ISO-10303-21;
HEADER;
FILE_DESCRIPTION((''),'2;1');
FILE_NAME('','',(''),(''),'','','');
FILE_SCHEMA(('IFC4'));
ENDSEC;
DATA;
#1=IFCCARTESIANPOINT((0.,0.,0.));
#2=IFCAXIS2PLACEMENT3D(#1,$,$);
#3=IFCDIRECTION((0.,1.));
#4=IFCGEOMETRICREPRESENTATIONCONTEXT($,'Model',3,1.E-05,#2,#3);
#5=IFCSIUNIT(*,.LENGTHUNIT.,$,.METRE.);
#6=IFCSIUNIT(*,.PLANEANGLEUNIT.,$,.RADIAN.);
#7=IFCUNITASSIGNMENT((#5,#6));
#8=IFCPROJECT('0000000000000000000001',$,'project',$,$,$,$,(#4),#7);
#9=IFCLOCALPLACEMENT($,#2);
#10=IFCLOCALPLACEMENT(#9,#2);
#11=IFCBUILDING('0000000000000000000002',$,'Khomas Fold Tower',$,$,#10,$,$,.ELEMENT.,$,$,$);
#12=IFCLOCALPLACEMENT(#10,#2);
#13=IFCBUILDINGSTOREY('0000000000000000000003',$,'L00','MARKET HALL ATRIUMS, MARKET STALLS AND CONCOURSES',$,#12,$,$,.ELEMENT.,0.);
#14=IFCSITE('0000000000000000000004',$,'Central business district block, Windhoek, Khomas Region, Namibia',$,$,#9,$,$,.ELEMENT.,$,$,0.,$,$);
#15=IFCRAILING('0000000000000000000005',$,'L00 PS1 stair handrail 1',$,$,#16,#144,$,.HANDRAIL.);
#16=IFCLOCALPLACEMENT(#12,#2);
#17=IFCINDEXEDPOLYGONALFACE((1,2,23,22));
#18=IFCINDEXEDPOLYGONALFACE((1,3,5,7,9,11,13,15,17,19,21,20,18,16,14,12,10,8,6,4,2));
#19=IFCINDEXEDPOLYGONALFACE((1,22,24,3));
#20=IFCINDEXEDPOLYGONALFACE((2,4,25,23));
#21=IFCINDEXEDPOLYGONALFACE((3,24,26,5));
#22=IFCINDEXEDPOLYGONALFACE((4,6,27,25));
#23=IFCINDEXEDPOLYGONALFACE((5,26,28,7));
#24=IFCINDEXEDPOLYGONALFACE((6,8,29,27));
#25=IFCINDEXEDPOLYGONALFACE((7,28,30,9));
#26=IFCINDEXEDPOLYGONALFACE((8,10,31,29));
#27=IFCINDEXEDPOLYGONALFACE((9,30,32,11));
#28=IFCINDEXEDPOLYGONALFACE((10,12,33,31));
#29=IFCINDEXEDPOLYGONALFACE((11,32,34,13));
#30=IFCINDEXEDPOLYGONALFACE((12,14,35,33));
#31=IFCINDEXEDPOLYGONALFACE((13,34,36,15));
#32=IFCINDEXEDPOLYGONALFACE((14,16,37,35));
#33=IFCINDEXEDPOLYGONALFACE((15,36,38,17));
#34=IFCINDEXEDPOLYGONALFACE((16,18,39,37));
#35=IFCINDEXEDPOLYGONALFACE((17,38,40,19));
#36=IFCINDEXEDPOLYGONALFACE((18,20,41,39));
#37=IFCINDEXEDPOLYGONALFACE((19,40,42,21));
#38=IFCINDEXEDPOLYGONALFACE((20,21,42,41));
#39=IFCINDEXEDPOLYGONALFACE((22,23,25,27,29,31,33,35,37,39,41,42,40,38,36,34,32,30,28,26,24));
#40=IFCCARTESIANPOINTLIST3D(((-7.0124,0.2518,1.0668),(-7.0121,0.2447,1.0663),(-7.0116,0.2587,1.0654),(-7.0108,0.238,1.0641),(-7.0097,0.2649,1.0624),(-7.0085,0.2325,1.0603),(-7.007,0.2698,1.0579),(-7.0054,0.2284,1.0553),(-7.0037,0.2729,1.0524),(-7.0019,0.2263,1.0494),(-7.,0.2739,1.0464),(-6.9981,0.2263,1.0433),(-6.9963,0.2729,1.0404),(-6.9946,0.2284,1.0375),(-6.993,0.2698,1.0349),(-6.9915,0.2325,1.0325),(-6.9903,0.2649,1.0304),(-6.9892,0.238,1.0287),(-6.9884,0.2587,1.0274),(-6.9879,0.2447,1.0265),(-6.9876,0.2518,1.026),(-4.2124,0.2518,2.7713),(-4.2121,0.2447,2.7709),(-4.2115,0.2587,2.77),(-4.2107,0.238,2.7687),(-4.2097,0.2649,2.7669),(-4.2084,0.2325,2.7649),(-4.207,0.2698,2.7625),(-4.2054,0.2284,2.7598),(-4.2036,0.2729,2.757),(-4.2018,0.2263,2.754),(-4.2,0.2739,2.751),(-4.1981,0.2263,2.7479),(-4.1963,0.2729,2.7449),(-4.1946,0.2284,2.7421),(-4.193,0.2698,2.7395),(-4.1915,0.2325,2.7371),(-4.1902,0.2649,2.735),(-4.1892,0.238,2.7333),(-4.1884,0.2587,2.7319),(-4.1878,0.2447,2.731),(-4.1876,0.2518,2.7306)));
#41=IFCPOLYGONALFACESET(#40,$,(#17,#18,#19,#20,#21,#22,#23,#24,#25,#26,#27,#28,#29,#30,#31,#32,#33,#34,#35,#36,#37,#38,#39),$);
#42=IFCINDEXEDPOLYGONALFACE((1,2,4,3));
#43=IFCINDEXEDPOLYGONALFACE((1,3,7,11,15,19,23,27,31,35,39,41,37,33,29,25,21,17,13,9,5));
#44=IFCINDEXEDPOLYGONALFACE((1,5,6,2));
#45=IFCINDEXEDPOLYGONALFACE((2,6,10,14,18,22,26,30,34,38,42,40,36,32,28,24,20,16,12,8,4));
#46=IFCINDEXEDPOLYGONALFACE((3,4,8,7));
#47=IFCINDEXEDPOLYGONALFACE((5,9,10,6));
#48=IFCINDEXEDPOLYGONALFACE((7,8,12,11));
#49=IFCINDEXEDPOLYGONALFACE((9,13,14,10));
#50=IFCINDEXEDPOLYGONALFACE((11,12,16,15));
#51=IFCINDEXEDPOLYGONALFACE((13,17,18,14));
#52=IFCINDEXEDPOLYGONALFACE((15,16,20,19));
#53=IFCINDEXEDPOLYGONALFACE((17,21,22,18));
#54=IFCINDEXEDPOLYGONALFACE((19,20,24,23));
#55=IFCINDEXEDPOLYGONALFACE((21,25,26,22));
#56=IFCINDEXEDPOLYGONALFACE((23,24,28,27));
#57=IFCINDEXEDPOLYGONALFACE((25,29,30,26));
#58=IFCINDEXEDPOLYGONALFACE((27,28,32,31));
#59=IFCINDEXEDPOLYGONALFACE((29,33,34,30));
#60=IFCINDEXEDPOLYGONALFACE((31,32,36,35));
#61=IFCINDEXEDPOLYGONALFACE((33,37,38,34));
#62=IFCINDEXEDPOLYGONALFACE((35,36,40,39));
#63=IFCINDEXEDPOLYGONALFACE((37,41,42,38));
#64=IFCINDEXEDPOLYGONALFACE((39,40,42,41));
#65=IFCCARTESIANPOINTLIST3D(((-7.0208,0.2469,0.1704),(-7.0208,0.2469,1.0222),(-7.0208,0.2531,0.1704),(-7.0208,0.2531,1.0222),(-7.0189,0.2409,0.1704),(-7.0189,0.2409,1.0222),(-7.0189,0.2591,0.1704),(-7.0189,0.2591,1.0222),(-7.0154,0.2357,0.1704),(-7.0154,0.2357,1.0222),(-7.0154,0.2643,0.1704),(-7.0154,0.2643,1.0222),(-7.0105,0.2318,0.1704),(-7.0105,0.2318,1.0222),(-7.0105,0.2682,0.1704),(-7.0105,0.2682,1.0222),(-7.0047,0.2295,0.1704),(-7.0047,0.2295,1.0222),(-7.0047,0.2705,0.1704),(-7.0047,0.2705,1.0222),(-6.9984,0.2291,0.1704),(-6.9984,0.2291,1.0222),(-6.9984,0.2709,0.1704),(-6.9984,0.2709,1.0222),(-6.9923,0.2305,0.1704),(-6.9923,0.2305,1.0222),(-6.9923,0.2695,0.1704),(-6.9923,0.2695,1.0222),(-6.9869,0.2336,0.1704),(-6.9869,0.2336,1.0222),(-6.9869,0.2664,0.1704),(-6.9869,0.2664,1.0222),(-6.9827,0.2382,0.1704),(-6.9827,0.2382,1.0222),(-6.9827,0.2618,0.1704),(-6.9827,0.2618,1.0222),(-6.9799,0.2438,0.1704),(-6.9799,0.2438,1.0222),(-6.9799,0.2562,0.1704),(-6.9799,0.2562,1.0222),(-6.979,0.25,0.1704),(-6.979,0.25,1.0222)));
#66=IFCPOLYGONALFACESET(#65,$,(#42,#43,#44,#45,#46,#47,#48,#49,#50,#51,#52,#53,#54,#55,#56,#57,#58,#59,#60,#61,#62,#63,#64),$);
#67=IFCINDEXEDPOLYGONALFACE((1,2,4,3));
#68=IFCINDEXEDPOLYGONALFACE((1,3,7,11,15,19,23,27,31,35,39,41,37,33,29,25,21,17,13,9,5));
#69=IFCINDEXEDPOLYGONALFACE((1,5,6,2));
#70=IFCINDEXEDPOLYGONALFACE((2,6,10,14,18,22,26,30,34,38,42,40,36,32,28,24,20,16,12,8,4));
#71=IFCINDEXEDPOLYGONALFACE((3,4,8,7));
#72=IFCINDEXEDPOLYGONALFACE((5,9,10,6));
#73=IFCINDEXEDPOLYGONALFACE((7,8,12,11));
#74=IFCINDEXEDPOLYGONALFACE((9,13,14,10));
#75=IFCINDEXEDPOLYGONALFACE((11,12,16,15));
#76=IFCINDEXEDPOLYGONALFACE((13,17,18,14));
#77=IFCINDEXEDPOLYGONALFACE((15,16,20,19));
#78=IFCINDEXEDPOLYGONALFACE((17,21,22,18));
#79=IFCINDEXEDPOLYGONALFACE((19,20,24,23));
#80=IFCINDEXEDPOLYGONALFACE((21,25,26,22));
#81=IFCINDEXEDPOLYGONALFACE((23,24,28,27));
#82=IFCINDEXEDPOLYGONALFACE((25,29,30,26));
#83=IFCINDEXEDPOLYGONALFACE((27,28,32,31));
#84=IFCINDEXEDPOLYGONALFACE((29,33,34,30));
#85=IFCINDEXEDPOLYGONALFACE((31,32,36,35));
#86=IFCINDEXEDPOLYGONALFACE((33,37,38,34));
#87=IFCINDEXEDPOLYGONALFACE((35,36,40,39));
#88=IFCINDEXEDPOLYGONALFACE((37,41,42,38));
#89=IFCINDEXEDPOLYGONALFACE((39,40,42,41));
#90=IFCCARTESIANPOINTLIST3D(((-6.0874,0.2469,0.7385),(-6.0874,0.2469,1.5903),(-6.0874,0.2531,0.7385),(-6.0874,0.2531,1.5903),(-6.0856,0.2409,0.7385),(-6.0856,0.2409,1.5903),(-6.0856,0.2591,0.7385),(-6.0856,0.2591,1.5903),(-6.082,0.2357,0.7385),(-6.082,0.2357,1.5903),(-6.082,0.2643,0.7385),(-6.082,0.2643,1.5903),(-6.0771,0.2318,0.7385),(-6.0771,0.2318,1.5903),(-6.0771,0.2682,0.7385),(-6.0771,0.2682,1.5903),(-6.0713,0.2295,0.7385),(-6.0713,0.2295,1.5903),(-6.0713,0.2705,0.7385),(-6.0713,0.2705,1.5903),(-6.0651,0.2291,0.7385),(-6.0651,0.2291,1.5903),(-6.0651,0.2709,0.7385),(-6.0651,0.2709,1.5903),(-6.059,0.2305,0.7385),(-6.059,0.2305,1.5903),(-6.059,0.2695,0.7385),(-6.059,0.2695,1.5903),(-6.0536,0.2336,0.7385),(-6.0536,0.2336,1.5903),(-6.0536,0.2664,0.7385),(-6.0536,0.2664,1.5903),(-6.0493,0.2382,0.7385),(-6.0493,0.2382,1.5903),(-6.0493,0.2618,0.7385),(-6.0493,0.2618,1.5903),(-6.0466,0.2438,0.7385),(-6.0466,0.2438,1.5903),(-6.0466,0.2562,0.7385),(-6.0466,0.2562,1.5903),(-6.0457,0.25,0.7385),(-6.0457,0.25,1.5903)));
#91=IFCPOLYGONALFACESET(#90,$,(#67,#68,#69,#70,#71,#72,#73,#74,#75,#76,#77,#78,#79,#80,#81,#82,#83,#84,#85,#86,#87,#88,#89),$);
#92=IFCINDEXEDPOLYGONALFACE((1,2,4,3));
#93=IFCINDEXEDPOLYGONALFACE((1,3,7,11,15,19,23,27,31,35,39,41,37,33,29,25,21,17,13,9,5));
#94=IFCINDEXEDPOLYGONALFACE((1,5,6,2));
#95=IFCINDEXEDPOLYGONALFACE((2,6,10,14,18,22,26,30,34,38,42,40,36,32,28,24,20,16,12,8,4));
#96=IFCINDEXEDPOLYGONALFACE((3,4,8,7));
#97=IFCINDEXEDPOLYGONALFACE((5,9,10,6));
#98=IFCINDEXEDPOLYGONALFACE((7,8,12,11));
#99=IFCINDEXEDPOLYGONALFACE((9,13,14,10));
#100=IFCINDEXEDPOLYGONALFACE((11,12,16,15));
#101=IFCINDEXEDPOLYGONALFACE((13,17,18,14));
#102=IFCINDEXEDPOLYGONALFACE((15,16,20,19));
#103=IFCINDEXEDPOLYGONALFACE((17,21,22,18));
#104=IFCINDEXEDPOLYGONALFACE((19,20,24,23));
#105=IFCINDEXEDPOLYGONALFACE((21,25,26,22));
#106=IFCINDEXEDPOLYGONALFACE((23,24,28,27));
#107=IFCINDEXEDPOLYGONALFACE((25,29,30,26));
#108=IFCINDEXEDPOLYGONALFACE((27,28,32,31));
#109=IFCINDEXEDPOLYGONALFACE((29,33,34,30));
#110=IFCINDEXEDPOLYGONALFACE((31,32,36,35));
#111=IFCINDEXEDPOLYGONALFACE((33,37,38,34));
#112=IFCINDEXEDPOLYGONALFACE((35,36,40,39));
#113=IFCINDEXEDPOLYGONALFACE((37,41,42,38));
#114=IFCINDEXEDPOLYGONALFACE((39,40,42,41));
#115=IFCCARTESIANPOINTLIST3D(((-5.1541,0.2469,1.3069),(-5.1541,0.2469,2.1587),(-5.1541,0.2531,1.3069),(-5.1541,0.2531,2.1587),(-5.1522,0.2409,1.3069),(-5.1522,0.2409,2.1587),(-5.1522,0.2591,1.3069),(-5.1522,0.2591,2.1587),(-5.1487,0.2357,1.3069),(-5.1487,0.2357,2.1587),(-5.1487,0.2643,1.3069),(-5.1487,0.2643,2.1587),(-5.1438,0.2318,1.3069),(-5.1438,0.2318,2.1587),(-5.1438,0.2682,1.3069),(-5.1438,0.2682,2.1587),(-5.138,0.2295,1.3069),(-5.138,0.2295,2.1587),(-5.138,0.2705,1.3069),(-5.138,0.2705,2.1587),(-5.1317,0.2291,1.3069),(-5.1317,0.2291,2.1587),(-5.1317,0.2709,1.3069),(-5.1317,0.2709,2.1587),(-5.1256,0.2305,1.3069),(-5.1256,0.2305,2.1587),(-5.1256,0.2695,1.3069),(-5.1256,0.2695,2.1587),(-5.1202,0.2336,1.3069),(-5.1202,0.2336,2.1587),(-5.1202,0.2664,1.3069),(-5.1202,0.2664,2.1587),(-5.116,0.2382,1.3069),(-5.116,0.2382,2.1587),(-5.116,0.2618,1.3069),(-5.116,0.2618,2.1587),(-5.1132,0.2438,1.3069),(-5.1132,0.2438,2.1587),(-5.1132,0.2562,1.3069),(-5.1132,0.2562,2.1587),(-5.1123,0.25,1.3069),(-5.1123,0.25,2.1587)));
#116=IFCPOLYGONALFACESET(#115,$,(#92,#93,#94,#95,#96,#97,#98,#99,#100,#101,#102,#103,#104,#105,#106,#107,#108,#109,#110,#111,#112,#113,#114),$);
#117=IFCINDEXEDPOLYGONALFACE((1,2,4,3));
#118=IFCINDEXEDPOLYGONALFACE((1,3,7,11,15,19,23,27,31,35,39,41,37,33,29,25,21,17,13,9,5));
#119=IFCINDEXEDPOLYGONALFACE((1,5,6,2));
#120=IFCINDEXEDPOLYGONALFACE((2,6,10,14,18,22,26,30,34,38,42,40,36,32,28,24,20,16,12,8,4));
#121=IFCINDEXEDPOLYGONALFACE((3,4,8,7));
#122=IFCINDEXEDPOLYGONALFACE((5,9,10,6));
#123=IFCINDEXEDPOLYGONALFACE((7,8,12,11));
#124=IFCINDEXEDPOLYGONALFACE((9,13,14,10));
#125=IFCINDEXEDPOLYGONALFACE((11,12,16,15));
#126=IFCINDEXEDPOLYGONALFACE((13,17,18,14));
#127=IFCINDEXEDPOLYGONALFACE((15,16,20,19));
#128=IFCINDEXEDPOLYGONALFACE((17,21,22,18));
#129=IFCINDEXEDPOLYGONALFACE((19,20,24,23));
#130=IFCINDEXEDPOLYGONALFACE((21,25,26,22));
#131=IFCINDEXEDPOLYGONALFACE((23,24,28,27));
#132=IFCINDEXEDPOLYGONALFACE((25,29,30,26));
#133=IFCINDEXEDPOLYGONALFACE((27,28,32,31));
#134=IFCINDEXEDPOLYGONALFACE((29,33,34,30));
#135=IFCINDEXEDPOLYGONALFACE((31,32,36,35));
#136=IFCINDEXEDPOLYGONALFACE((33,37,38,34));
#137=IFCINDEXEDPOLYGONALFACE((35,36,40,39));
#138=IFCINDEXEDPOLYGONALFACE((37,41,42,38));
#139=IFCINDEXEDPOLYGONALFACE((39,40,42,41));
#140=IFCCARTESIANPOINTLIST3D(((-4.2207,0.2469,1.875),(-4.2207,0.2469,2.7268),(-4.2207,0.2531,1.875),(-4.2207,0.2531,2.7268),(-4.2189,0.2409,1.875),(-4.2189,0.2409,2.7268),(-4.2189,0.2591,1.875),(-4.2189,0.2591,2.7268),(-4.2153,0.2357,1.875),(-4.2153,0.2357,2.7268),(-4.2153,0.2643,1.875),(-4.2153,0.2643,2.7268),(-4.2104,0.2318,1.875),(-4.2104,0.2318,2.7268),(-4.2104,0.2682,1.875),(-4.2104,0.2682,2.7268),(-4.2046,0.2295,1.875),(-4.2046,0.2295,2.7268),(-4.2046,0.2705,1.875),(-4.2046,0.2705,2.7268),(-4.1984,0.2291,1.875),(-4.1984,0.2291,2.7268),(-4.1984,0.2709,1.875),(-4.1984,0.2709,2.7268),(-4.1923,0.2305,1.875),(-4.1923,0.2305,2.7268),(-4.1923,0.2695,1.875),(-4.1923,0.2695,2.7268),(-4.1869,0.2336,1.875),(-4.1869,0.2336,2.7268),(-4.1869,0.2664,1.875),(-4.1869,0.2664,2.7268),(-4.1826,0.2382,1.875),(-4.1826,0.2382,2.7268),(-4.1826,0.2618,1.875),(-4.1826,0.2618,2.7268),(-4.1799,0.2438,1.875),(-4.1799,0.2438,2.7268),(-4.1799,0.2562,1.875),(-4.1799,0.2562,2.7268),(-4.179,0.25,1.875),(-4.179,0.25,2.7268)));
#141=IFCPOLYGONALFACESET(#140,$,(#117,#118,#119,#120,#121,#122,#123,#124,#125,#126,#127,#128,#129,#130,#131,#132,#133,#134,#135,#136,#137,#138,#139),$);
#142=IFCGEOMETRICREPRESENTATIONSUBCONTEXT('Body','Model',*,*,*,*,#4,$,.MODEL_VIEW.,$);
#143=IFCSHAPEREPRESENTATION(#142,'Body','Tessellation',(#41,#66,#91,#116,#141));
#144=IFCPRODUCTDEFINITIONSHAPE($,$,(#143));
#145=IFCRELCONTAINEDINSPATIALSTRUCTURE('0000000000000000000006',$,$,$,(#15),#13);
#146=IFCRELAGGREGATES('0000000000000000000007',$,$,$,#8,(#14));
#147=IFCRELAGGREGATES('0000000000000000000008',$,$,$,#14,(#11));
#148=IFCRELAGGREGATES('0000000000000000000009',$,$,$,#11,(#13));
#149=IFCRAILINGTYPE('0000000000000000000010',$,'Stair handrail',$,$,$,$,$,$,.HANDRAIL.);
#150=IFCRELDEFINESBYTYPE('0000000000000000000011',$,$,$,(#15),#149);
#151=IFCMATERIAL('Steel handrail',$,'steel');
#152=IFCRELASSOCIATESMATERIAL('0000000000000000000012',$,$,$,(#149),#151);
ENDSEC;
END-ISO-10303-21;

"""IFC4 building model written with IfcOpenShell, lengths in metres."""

from ifc_helpers import new_model, si_unit, direction, frame, origin, origin_2d, place, context, subcontext, project, spatial, circle, extrude, source, transform, mapped, material, type_object, element, save


model = new_model("IFC4")

# Units and contexts
model_context = context("Model", 3, precision=1e-05, world=origin(), true_north=direction((0.0, 1.0)))
body_context = subcontext(model_context, "Body", "Model", "MODEL_VIEW")
ifc_project = project(units=[si_unit("LENGTHUNIT", "METRE"), si_unit("PLANEANGLEUNIT", "RADIAN")], contexts=[model_context])

# Site, building, storey
site_placement = place(None, origin())
site = spatial("IfcSite", under=ifc_project, at=site_placement, Name="Central business district block, Windhoek, Khomas Region, Namibia", CompositionType="ELEMENT", RefElevation=0.0)
building_placement = place(site_placement, origin())
building = spatial("IfcBuilding", under=site, at=building_placement, Name="Khomas Fold Tower", CompositionType="ELEMENT")
storey_placement = place(building_placement, origin())
storey = spatial("IfcBuildingStorey", under=building, at=storey_placement, Name="L00", Description="MARKET HALL ATRIUMS, MARKET STALLS AND CONCOURSES", CompositionType="ELEMENT", Elevation=0.0)

# Railing
ifc_material_1 = material(Name="Steel handrail", Category="steel")
railing_type_1 = type_object("IfcRailingType", Name="Stair handrail", PredefinedType="HANDRAIL", material=ifc_material_1)
shared_shape_1 = source(origin(), body_context, "Body", "SweptSolid", [
    extrude(circle(Radius=0.0239, at=origin_2d()), frame((0.0, 0.0, 0.876), z_axis=(0.85417, 0.0, 0.519994), x_axis=(0.0, 1.0, 0.0)), (0.0, 0.0, 1.0), 3.2781),
    extrude(circle(Radius=0.021, at=origin_2d()), origin(), (0.0, 0.0, 1.0), 0.8518),
    extrude(circle(Radius=0.021, at=origin_2d()), frame((0.9333, 0.0, 0.5681)), (0.0, 0.0, 1.0), 0.8518),
    extrude(circle(Radius=0.021, at=origin_2d()), frame((1.8667, 0.0, 1.1365)), (0.0, 0.0, 1.0), 0.8518),
    extrude(circle(Radius=0.021, at=origin_2d()), frame((2.8, 0.0, 1.7046)), (0.0, 0.0, 1.0), 0.8518),
])
for number, where, name in (
    (1, (-7.0, 0.25, 0.1704), "L00 PS1 stair handrail 1"),
):
    element("IfcRailing", number, at=place(storey_placement, frame(where)), inside=storey, type_object=railing_type_1, Name=name, PredefinedType="HANDRAIL", context=body_context, shape_type="MappedRepresentation", body=[
        mapped(shared_shape_1, transform((0.0, 0.0, 0.0))),
    ])

save(model, "model.ifc")
